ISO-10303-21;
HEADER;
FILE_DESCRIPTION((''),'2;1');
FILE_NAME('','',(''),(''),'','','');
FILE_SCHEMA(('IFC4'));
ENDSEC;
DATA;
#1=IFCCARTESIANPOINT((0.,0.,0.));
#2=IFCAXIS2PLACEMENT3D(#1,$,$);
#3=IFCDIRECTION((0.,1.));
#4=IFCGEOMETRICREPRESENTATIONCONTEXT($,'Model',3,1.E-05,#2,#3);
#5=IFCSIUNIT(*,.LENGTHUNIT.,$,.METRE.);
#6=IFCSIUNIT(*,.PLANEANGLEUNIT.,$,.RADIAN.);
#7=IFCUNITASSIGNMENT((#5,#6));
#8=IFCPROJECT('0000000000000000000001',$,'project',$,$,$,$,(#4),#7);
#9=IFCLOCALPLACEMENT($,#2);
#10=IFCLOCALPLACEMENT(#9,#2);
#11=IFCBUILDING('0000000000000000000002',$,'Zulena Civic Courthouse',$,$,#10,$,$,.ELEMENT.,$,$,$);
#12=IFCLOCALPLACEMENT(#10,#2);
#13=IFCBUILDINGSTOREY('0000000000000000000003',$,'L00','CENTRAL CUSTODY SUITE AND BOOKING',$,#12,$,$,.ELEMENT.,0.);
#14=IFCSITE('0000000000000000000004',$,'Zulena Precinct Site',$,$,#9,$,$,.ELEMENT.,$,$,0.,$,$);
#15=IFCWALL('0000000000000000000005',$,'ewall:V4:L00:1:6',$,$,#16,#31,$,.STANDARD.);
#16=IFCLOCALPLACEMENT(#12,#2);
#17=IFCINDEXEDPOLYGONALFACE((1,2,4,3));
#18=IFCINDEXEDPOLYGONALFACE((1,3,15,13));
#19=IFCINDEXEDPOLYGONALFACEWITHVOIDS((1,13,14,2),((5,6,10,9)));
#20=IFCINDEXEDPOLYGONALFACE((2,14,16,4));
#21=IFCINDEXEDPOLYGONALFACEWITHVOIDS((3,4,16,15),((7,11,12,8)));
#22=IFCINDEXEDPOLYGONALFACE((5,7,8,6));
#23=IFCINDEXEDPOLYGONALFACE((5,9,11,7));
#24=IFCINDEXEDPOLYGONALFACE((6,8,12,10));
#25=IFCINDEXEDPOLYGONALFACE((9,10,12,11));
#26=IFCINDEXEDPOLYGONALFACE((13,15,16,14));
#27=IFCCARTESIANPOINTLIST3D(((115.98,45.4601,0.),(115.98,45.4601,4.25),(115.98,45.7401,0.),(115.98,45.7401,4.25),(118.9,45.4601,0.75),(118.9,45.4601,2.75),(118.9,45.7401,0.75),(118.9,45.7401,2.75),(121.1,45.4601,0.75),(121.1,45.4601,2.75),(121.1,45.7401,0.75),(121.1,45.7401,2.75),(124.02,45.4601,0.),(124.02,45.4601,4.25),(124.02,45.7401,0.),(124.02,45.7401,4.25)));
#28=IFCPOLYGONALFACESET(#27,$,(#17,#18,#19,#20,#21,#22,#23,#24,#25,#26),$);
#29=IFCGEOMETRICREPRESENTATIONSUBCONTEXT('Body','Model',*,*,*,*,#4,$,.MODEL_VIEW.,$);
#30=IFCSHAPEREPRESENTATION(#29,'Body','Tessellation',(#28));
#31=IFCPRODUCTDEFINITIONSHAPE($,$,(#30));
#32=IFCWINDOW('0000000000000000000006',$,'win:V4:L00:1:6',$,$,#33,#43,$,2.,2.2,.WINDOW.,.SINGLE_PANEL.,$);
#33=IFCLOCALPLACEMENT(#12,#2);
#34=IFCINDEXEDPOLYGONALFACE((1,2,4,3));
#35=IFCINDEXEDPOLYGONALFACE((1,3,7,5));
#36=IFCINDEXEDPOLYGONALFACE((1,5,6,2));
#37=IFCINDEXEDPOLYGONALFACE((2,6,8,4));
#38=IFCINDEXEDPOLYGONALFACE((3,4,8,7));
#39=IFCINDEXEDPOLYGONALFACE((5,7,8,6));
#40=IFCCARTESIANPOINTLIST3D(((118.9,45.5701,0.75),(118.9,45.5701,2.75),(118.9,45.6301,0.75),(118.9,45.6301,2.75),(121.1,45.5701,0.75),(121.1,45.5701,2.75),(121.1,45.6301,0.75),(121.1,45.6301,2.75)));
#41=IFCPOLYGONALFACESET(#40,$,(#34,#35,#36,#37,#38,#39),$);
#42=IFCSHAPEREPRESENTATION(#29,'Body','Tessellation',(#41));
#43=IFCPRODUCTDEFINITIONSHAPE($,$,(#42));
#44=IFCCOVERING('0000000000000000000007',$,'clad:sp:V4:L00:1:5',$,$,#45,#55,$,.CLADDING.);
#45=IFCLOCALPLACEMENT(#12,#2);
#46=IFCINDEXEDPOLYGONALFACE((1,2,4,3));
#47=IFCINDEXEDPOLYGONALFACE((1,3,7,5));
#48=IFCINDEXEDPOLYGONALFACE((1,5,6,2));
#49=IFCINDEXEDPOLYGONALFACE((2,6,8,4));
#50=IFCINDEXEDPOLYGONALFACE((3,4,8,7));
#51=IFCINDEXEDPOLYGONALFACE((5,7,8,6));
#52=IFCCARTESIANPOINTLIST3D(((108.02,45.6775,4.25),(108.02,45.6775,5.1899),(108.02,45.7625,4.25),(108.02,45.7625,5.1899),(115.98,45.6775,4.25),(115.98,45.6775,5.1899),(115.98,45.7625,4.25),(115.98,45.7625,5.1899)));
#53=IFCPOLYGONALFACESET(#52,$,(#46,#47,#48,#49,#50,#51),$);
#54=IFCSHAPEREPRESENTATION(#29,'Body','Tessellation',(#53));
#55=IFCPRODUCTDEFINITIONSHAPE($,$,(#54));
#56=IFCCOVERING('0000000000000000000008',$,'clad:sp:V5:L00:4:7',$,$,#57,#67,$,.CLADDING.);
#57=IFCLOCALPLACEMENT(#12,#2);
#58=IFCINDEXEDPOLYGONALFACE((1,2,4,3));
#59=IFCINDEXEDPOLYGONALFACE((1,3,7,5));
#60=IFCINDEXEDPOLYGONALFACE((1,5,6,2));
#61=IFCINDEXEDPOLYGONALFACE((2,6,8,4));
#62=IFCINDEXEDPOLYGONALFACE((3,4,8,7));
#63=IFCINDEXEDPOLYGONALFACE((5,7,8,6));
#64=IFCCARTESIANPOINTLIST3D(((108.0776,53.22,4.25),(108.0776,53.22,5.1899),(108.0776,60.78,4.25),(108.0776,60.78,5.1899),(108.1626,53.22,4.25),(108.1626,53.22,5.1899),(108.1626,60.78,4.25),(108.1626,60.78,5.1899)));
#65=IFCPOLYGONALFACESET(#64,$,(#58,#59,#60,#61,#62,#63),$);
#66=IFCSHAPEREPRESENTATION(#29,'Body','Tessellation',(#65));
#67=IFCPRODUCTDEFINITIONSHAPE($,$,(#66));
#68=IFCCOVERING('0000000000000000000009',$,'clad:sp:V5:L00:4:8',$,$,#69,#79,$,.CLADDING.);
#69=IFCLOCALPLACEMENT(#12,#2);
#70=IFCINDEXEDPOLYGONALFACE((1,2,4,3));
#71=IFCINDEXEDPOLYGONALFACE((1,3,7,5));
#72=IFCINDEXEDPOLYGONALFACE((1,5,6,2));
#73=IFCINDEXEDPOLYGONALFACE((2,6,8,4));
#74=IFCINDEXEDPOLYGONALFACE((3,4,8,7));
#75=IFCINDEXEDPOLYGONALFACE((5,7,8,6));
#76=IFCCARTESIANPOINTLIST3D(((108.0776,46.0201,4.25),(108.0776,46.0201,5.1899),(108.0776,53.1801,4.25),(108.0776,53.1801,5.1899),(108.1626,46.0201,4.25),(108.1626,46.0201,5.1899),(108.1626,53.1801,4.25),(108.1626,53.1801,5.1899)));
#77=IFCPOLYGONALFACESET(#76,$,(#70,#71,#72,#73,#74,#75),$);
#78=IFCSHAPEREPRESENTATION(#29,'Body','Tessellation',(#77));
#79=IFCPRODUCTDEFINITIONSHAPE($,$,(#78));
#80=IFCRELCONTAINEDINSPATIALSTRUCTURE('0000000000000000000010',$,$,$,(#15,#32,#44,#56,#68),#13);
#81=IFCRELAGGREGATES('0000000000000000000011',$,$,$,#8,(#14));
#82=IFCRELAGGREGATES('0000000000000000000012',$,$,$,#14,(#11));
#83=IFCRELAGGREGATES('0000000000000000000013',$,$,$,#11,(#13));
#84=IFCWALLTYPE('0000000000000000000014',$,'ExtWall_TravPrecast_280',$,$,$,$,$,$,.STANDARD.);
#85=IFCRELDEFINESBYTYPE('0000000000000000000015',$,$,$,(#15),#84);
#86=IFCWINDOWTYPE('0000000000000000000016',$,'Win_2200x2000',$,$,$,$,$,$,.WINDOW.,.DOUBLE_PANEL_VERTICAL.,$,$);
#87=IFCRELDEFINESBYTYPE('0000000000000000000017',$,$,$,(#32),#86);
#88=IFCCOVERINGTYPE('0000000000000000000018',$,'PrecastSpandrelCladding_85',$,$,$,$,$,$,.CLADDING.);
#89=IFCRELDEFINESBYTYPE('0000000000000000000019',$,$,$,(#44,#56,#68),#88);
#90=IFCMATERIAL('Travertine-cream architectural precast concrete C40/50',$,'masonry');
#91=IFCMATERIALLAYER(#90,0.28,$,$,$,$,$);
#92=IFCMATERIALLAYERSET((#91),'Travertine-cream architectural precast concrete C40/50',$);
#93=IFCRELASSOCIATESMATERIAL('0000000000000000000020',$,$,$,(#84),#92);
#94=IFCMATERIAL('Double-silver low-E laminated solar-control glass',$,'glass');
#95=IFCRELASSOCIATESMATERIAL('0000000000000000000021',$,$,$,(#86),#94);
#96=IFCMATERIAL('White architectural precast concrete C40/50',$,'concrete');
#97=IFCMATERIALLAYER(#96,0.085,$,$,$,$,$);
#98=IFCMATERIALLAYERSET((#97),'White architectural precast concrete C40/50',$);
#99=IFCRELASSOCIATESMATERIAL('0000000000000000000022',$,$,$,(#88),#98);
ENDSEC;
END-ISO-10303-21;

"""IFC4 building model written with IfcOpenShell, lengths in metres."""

from ifc_helpers import new_model, si_unit, direction, frame, frame_2d, origin, origin_2d, place, context, subcontext, project, spatial, rectangle, extrude, material, layer, layer_set, type_object, element, fill, save


model = new_model("IFC4")

# Units and contexts
model_context = context("Model", 3, precision=1e-05, world=origin(), true_north=direction((0.0, 1.0)))
body_context = subcontext(model_context, "Body", "Model", "MODEL_VIEW")
ifc_project = project(units=[si_unit("LENGTHUNIT", "METRE"), si_unit("PLANEANGLEUNIT", "RADIAN")], contexts=[model_context])

# Site, building, storey
site_placement = place(None, origin())
site = spatial("IfcSite", under=ifc_project, at=site_placement, Name="Zulena Precinct Site", CompositionType="ELEMENT", RefElevation=0.0)
building_placement = place(site_placement, origin())
building = spatial("IfcBuilding", under=site, at=building_placement, Name="Zulena Civic Courthouse", CompositionType="ELEMENT")
storey_placement = place(building_placement, origin())
storey = spatial("IfcBuildingStorey", under=building, at=storey_placement, Name="L00", Description="CENTRAL CUSTODY SUITE AND BOOKING", CompositionType="ELEMENT", Elevation=0.0)

# Wall, opening, window
ifc_material_1 = material(Name="Double-silver low-E laminated solar-control glass", Category="glass")
ifc_material_2 = material(Name="Travertine-cream architectural precast concrete C40/50", Category="masonry")
ifc_layer_1 = layer(ifc_material_2, 0.28)
ifc_layer_set_1 = layer_set([ifc_layer_1], Name="Travertine-cream architectural precast concrete C40/50")
wall_type_1 = type_object("IfcWallType", Name="ExtWall_TravPrecast_280", PredefinedType="STANDARD", material=ifc_layer_set_1)
wall_1_placement = place(storey_placement, frame((115.98, 45.6001, 0.0), z_axis=(0.0, 0.0, 1.0), x_axis=(1.0, 0.0, 0.0)))
wall_1 = element("IfcWall", 1, at=wall_1_placement, inside=storey, type_object=wall_type_1, Name="ewall:V4:L00:1:6", PredefinedType="STANDARD", context=body_context, shape_type="SweptSolid", body=[
    extrude(rectangle(XDim=8.04, YDim=0.28, at=frame_2d((4.02, 0.0))), origin(), (0.0, 0.0, 1.0), 4.25),
])
opening_1_placement = place(wall_1_placement, frame((2.9199, 0.0, 0.75)))
opening_1 = element("IfcOpeningElement", 2, at=opening_1_placement, cuts=wall_1, PredefinedType="OPENING", context=body_context, shape_type="SweptSolid", body=[
    extrude(rectangle(XDim=2.2, YDim=2.0, at=frame_2d((1.1001, 1.0))), frame((0.0, 0.1499, 0.0), z_axis=(0.0, -1.0, 0.0), x_axis=(1.0, 0.0, 0.0)), (0.0, 0.0, 1.0), 0.3),
])
window_type_1 = type_object("IfcWindowType", Name="Win_2200x2000", PartitioningType="DOUBLE_PANEL_VERTICAL", PredefinedType="WINDOW", material=ifc_material_1)
window_1_placement = place(opening_1_placement, origin())
window_1 = element("IfcWindow", 3, at=window_1_placement, inside=storey, type_object=window_type_1, Name="win:V4:L00:1:6", OverallHeight=2.0, OverallWidth=2.2, PartitioningType="SINGLE_PANEL", PredefinedType="WINDOW", context=body_context, shape_type="SweptSolid", body=[
    extrude(rectangle(XDim=2.2, YDim=2.0, at=frame_2d((1.1001, 1.0))), frame((0.0, 0.03, 0.0), z_axis=(0.0, -1.0, 0.0), x_axis=(1.0, 0.0, 0.0)), (0.0, 0.0, 1.0), 0.0601),
])
fill(opening_1, window_1)

# Coverings
ifc_material_3 = material(Name="White architectural precast concrete C40/50", Category="concrete")
ifc_layer_2 = layer(ifc_material_3, 0.085)
ifc_layer_set_2 = layer_set([ifc_layer_2], Name="White architectural precast concrete C40/50")
covering_type = type_object("IfcCoveringType", Name="PrecastSpandrelCladding_85", PredefinedType="CLADDING", material=ifc_layer_set_2)
covering_1_placement = place(storey_placement, frame((112.0, 45.72, 4.25), z_axis=(0.0, 0.0, 1.0), x_axis=(1.0, 0.0, 0.0)))
element("IfcCovering", 4, at=covering_1_placement, inside=storey, type_object=covering_type, Name="clad:sp:V4:L00:1:5", PredefinedType="CLADDING", context=body_context, shape_type="SweptSolid", body=[
    extrude(rectangle(XDim=7.96, YDim=0.085, at=origin_2d()), origin(), (0.0, 0.0, 1.0), 0.9399),
])
covering_2_placement = place(storey_placement, frame((108.1201, 57.0, 4.25), z_axis=(0.0, 0.0, 1.0), x_axis=(0.0, -1.0, 0.0)))
element("IfcCovering", 5, at=covering_2_placement, inside=storey, type_object=covering_type, Name="clad:sp:V5:L00:4:7", PredefinedType="CLADDING", context=body_context, shape_type="SweptSolid", body=[
    extrude(rectangle(XDim=7.5601, YDim=0.085, at=origin_2d()), origin(), (0.0, 0.0, 1.0), 0.9399),
])
covering_3_placement = place(storey_placement, frame((108.1201, 49.6001, 4.25), z_axis=(0.0, 0.0, 1.0), x_axis=(0.0, -1.0, 0.0)))
element("IfcCovering", 6, at=covering_3_placement, inside=storey, type_object=covering_type, Name="clad:sp:V5:L00:4:8", PredefinedType="CLADDING", context=body_context, shape_type="SweptSolid", body=[
    extrude(rectangle(XDim=7.1599, YDim=0.085, at=origin_2d()), origin(), (0.0, 0.0, 1.0), 0.9399),
])

save(model, "model.ifc")
